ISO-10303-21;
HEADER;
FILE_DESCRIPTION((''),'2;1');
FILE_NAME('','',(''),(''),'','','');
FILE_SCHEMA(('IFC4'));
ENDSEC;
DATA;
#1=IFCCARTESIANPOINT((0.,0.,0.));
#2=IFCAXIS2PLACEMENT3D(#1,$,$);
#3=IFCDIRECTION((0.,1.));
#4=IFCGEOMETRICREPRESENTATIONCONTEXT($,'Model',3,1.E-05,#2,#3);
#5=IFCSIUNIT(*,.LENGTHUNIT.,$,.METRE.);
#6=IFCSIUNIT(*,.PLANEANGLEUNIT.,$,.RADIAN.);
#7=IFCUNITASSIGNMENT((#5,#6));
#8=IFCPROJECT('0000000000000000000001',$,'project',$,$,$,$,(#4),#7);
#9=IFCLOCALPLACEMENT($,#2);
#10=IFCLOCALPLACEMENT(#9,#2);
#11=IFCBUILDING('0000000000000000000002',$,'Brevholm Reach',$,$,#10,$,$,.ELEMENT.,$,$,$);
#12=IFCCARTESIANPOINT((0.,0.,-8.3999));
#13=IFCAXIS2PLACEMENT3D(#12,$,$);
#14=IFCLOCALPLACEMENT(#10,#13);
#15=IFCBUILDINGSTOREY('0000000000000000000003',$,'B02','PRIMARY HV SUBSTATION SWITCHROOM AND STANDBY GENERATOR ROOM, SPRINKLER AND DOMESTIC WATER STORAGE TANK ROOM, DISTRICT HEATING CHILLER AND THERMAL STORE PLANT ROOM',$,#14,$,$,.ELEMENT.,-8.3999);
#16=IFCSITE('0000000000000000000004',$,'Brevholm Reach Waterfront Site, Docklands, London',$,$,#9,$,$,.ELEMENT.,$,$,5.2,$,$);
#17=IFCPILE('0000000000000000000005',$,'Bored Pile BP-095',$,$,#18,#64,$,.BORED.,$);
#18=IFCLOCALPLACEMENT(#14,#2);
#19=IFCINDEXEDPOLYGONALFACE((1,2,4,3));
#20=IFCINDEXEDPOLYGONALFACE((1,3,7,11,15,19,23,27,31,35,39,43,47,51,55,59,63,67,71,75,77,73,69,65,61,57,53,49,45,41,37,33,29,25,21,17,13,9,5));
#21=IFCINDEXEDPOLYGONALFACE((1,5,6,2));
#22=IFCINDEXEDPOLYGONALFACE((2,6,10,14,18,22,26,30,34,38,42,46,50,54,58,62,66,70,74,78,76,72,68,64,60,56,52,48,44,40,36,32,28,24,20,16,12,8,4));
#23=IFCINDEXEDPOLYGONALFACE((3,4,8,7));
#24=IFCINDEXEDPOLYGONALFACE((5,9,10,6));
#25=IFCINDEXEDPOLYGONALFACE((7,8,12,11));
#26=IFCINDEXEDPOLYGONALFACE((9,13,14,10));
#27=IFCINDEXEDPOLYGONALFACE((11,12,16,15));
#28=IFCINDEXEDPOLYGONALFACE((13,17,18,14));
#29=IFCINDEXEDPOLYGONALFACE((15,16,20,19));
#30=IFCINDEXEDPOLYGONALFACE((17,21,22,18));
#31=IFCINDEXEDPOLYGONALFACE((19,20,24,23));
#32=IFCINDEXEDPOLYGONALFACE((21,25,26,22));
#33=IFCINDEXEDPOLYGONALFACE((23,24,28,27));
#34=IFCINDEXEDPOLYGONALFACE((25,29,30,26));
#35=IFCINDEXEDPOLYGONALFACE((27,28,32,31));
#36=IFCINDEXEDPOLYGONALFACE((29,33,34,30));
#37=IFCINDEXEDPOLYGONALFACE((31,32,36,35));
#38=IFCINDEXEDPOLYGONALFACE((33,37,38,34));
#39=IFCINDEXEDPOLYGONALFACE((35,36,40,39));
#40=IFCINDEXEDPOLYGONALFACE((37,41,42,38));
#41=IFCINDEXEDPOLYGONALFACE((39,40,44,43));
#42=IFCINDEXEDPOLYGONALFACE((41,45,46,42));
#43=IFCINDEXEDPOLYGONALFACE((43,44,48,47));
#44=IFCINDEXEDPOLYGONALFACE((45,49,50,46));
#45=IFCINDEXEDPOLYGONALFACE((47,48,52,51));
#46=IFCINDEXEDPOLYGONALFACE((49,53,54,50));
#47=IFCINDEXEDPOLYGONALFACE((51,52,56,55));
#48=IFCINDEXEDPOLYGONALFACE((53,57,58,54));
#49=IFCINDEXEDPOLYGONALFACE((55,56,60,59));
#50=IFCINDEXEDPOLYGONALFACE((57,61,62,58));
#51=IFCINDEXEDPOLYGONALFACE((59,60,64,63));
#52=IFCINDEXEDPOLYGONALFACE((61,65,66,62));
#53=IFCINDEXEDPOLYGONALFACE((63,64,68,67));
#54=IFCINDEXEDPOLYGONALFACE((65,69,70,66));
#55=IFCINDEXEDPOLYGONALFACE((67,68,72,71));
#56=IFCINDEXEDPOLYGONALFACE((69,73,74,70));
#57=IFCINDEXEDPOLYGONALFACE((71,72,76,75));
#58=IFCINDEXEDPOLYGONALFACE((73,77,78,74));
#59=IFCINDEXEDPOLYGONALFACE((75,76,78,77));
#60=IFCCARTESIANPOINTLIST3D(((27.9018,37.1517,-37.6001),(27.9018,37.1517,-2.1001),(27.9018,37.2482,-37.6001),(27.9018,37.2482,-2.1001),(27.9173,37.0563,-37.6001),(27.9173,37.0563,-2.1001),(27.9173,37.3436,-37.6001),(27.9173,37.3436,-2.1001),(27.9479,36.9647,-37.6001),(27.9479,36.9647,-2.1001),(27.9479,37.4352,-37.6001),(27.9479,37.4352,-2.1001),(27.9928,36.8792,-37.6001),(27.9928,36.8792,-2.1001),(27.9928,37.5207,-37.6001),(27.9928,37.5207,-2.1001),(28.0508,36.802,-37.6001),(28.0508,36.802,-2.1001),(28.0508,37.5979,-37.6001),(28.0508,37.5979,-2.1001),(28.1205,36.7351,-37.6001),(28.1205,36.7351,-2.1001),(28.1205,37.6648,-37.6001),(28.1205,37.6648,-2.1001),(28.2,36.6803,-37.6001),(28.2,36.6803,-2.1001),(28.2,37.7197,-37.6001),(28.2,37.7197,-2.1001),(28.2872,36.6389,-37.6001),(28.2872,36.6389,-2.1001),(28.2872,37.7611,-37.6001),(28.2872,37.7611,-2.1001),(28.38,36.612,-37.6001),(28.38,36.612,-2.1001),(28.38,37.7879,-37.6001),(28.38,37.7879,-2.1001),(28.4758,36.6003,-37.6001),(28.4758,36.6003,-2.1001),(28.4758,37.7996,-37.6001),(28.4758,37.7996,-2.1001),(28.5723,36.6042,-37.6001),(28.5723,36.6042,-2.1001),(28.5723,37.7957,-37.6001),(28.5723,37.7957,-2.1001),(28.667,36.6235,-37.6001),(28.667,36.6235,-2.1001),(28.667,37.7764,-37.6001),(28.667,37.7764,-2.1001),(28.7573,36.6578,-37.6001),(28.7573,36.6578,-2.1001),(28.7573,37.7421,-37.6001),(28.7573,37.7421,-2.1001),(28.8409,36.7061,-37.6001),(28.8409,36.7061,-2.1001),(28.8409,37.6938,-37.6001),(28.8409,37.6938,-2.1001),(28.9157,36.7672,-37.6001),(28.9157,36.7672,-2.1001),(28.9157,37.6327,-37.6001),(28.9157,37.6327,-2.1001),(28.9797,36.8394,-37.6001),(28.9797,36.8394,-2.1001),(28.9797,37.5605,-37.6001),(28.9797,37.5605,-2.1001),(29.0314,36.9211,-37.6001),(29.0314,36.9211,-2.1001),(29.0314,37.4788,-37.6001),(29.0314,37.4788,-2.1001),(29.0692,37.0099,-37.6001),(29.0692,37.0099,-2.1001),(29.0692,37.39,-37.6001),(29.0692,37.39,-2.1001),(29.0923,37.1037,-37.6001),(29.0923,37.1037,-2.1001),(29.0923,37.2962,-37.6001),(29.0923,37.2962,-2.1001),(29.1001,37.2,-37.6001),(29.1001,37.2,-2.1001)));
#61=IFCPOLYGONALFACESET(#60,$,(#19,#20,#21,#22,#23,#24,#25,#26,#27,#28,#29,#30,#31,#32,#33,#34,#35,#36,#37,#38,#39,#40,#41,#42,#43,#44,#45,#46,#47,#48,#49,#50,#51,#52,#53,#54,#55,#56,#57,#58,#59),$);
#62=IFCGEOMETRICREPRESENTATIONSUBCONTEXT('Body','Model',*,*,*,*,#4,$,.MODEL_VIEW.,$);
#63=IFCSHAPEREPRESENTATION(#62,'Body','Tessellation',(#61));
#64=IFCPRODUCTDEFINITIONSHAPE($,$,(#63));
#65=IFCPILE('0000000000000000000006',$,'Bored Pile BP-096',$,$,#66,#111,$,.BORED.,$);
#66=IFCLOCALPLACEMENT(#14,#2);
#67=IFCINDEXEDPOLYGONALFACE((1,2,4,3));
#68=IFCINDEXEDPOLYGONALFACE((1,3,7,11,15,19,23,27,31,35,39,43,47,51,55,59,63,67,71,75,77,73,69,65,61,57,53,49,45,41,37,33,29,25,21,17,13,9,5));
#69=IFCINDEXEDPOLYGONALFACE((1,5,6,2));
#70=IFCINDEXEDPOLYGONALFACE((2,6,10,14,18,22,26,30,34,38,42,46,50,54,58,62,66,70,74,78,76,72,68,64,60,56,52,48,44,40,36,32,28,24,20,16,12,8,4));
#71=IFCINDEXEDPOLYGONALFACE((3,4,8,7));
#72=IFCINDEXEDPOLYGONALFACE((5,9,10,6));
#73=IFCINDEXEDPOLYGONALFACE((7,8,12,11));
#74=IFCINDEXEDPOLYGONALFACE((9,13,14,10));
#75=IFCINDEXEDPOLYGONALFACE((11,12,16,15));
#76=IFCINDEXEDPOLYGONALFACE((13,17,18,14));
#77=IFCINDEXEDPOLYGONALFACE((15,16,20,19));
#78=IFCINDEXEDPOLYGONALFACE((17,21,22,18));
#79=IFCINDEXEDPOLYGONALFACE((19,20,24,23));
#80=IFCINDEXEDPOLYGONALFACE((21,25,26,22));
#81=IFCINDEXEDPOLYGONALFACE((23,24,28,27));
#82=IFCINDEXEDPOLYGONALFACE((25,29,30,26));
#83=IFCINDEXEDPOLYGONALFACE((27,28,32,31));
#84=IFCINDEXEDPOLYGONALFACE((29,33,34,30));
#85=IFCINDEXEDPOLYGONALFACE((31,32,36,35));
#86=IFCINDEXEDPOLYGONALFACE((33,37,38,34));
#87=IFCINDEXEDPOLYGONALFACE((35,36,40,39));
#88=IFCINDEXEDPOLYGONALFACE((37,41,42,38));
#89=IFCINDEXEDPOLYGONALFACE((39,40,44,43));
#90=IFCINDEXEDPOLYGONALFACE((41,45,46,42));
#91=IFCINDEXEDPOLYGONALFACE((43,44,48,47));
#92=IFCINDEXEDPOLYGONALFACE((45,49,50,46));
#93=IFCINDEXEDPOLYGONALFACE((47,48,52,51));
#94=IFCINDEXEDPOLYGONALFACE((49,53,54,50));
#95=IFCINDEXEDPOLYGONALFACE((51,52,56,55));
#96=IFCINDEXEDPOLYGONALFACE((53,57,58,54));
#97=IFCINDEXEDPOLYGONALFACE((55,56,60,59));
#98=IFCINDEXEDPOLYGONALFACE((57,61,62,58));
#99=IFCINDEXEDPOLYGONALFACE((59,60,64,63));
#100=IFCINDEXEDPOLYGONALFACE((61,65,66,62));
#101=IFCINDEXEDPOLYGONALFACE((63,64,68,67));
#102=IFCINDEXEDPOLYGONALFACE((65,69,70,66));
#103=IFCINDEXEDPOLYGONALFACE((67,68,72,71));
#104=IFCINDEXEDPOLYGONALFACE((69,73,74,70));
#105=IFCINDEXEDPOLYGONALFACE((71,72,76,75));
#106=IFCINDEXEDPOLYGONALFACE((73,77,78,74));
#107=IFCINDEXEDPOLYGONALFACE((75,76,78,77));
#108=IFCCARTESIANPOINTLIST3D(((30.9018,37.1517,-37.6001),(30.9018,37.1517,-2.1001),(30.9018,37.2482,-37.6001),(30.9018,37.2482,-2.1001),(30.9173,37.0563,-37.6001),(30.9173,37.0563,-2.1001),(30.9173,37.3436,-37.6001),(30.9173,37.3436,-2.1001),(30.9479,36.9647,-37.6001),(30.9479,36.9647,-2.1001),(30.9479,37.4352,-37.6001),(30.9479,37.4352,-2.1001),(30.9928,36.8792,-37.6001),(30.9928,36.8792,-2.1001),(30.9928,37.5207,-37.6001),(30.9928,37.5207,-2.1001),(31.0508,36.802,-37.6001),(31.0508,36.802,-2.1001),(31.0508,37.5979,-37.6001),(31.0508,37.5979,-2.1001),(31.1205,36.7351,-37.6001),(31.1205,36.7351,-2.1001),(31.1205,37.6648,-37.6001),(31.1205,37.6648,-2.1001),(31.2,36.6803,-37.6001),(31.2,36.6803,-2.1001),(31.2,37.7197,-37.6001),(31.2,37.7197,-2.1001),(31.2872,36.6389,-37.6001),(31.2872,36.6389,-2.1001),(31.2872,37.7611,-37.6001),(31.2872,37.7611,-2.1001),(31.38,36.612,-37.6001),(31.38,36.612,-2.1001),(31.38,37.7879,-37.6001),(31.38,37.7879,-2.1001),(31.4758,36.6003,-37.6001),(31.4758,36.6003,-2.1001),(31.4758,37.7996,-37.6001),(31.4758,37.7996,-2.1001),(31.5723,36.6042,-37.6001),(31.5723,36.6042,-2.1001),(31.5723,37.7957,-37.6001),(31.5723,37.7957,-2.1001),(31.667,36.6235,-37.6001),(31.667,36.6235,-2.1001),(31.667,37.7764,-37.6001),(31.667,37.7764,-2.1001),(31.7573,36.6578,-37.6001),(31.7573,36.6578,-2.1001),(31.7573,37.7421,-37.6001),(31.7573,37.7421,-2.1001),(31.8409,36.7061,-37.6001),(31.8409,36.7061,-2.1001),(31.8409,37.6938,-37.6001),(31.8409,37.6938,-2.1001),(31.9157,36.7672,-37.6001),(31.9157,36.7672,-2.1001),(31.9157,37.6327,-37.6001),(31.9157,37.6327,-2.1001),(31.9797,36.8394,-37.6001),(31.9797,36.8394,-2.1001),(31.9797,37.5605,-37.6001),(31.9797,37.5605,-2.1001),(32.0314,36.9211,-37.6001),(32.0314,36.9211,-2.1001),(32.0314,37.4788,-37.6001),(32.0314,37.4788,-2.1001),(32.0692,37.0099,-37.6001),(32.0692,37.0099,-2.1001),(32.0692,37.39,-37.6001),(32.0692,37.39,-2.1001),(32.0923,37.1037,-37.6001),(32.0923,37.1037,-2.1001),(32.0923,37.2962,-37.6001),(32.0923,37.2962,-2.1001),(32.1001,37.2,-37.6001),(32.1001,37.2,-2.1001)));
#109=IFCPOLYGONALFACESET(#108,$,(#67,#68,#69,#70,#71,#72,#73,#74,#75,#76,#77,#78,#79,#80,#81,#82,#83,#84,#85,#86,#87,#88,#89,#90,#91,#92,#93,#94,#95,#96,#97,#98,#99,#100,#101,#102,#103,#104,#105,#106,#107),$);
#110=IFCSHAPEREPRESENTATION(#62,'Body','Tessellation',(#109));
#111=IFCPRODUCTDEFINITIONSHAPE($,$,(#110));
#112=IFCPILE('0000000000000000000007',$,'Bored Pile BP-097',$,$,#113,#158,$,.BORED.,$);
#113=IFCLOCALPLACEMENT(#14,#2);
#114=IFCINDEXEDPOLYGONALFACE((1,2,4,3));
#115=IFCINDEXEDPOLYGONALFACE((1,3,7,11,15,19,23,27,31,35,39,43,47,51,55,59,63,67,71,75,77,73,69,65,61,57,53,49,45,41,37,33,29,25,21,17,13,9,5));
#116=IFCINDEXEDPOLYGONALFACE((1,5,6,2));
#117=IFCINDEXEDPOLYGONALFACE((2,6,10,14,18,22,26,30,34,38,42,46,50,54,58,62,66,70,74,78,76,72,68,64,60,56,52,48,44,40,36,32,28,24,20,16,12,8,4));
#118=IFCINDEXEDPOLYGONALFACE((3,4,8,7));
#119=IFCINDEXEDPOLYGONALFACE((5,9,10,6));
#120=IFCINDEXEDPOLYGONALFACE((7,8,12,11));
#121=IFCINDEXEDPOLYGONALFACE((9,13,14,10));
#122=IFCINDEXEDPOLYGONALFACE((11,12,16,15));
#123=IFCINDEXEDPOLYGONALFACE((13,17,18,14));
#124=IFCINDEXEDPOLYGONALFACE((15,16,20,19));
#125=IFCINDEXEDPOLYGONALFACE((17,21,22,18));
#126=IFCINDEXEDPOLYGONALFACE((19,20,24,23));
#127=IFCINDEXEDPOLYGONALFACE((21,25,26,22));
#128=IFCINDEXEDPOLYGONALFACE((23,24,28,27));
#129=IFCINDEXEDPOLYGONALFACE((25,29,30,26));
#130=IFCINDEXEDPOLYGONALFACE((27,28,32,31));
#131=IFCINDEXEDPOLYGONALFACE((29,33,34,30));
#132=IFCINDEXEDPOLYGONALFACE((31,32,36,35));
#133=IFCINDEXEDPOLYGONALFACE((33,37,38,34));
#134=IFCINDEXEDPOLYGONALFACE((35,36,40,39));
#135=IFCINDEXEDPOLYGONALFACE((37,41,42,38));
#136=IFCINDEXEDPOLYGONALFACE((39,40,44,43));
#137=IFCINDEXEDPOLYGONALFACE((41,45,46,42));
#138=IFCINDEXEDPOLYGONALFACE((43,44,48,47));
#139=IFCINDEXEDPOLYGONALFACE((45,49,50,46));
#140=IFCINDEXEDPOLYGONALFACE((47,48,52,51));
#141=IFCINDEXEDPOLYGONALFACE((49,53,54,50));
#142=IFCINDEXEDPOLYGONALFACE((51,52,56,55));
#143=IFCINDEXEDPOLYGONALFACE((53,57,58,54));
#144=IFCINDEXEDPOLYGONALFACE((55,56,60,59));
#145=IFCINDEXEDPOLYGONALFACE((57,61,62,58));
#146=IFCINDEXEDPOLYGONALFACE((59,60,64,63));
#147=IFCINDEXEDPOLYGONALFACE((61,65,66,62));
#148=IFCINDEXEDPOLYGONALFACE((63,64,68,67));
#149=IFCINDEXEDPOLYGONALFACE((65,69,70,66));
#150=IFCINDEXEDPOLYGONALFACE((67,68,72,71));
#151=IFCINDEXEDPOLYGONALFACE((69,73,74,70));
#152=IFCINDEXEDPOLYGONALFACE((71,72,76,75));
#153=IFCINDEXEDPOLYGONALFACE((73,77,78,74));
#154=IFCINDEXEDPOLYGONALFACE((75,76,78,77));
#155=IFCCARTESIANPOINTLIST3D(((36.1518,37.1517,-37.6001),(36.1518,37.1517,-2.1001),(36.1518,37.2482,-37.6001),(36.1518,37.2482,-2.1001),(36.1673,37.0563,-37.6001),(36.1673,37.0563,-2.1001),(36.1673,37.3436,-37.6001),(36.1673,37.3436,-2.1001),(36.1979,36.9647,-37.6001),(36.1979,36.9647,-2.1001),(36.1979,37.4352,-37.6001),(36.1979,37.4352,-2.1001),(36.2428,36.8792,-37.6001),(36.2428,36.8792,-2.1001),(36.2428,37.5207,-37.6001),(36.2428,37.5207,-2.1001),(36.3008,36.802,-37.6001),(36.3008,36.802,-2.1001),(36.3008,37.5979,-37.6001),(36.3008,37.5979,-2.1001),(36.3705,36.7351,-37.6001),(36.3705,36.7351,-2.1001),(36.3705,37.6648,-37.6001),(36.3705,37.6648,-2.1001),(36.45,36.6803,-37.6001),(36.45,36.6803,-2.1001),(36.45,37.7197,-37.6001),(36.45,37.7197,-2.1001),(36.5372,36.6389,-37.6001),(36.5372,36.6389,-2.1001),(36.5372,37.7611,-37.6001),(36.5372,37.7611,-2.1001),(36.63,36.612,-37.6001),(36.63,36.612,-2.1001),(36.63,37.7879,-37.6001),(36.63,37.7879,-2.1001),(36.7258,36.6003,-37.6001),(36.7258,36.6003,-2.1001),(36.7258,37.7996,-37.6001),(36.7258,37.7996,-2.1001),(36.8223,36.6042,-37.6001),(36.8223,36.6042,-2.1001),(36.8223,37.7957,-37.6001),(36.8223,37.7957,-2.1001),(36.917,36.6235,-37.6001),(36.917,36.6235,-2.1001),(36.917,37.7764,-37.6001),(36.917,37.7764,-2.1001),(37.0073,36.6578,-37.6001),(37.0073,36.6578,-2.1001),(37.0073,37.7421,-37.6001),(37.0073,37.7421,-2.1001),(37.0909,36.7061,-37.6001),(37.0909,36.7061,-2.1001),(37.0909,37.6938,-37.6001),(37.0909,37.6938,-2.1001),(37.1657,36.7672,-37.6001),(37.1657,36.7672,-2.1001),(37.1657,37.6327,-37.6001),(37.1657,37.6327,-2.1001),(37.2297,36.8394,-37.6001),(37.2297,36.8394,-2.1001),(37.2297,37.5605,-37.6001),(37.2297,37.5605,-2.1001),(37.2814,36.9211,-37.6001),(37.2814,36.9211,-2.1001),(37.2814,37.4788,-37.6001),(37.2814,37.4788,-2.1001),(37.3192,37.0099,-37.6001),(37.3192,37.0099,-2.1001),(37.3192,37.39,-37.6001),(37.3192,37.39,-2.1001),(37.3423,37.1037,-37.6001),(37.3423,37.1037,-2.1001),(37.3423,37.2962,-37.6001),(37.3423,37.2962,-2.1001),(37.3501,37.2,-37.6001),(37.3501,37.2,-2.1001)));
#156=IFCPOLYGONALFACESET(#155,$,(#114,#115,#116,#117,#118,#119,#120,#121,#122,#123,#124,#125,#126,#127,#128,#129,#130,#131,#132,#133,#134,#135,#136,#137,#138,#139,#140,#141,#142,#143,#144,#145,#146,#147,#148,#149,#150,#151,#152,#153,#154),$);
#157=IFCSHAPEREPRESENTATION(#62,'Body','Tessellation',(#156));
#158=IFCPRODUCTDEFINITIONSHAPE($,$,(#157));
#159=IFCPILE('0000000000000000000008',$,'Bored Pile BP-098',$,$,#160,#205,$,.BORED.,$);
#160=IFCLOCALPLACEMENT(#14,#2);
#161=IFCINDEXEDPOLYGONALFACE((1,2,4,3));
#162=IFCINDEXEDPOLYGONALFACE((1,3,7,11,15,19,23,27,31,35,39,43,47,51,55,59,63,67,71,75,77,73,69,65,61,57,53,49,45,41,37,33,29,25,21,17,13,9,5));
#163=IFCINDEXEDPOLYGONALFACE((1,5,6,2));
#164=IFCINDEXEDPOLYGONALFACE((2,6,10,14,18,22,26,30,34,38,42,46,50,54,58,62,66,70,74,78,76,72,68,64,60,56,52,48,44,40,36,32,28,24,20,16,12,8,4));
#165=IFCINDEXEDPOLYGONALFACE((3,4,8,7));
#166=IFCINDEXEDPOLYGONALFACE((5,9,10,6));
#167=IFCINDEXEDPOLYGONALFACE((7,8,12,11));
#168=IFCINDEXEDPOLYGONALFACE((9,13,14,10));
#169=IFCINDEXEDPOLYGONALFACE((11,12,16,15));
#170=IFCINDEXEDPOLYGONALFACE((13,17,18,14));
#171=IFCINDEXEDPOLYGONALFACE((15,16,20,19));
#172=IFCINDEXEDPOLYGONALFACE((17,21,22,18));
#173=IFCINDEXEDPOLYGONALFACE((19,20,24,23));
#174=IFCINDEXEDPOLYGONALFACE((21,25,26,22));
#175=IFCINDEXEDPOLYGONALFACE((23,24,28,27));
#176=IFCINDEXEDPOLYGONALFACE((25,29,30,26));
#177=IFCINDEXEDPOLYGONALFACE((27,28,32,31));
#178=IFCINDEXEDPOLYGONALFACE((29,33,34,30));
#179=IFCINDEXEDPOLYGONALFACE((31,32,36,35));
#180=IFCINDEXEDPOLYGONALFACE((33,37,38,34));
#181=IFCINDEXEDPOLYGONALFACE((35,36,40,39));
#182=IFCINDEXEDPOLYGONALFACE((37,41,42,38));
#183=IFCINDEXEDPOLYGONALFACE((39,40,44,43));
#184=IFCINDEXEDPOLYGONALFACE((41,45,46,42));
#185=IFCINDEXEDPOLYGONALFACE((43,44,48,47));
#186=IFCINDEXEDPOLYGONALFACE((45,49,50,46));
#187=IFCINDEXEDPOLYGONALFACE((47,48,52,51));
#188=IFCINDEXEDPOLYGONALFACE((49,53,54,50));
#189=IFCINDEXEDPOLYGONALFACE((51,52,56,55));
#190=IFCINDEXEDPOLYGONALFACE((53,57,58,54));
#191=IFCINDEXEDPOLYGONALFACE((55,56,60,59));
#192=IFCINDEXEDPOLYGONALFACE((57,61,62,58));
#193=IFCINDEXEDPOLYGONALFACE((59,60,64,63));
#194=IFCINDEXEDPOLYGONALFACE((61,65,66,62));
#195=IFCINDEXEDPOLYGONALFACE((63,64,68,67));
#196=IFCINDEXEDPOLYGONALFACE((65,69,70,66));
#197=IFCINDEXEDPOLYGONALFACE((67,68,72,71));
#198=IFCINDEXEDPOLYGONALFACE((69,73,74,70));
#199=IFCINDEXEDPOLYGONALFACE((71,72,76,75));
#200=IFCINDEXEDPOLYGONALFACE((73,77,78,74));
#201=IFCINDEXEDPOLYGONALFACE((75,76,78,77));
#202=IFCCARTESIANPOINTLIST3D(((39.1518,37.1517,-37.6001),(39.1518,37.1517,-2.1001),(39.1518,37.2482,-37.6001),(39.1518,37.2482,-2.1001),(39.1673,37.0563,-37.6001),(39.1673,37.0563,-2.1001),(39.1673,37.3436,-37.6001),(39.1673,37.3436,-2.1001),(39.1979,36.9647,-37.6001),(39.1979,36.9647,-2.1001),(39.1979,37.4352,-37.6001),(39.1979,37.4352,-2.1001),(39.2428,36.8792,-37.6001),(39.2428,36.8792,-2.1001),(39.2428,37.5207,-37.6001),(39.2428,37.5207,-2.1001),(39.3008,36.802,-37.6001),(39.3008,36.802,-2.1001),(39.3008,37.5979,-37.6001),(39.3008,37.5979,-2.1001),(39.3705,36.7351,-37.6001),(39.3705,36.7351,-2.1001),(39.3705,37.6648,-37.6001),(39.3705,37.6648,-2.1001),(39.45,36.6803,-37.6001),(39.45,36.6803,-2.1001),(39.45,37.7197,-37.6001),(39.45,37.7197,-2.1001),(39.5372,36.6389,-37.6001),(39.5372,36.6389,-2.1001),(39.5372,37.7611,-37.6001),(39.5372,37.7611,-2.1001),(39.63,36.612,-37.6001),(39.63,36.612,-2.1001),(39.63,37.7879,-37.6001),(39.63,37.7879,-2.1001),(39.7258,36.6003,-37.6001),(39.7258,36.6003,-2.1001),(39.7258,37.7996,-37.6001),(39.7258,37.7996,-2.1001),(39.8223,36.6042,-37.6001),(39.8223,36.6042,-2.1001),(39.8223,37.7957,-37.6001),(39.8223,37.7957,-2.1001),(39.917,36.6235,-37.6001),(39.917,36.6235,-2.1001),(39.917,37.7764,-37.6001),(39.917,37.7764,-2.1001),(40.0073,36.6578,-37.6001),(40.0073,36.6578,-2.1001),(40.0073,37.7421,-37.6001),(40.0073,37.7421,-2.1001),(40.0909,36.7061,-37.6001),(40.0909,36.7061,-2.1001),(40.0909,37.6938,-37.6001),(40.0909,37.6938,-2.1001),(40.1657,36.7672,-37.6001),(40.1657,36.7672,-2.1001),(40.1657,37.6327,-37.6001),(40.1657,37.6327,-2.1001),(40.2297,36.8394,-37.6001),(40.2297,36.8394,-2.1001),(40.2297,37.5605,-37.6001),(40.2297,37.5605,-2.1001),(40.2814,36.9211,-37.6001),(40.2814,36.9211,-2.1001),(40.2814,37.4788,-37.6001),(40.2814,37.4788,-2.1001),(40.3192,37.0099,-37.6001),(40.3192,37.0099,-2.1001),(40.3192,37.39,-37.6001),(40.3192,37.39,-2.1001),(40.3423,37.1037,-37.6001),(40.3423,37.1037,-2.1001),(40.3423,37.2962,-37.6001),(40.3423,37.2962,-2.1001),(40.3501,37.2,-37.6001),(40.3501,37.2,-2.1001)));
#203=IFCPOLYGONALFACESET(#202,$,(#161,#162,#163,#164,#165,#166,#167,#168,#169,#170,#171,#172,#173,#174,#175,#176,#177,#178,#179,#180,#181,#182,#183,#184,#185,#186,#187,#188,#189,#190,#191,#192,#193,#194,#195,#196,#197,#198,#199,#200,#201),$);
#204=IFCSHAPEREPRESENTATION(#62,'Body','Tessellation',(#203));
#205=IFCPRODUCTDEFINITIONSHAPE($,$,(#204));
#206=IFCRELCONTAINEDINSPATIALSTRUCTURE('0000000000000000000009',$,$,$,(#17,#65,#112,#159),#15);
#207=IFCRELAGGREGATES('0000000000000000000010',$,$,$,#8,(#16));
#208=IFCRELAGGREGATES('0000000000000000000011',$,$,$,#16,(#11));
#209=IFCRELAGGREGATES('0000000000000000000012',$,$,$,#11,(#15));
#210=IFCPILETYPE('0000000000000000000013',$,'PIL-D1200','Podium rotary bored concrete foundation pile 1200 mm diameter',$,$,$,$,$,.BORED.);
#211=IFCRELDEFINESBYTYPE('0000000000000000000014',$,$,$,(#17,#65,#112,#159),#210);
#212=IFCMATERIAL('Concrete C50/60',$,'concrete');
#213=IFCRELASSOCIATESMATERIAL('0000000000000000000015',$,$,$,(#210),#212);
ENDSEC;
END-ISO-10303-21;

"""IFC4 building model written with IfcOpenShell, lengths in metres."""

from ifc_helpers import new_model, si_unit, direction, frame, origin, origin_2d, place, context, subcontext, project, spatial, circle, extrude, material, material_profile, profile_set, type_object, element, save


model = new_model("IFC4")

# Units and contexts
model_context = context("Model", 3, precision=1e-05, world=origin(), true_north=direction((0.0, 1.0)))
body_context = subcontext(model_context, "Body", "Model", "MODEL_VIEW")
ifc_project = project(units=[si_unit("LENGTHUNIT", "METRE"), si_unit("PLANEANGLEUNIT", "RADIAN")], contexts=[model_context])

# Site, building, storey
site_placement = place(None, origin())
site = spatial("IfcSite", under=ifc_project, at=site_placement, Name="Brevholm Reach Waterfront Site, Docklands, London", CompositionType="ELEMENT", RefElevation=5.2)
building_placement = place(site_placement, origin())
building = spatial("IfcBuilding", under=site, at=building_placement, Name="Brevholm Reach", CompositionType="ELEMENT")
storey_placement = place(building_placement, frame((0.0, 0.0, -8.3999)))
storey = spatial("IfcBuildingStorey", under=building, at=storey_placement, Name="B02", Description="PRIMARY HV SUBSTATION SWITCHROOM AND STANDBY GENERATOR ROOM, SPRINKLER AND DOMESTIC WATER STORAGE TANK ROOM, DISTRICT HEATING CHILLER AND THERMAL STORE PLANT ROOM", CompositionType="ELEMENT", Elevation=-8.3999)

# Piles
ifc_material_1 = material(Name="Concrete C50/60", Category="concrete")
ifc_material_profile_1 = material_profile(ifc_material_1, circle(Radius=0.6001, at=origin_2d()), Name="PILE D1200")
ifc_profile_set_1 = profile_set([ifc_material_profile_1], Name="Concrete C50/60")
pile_type = type_object("IfcPileType", Name="PIL-D1200", Description="Podium rotary bored concrete foundation pile 1200 mm diameter", PredefinedType="BORED", material=ifc_profile_set_1)
for number, where, z_axis, x_axis, name in (
    (1, (28.5, 37.2, -2.1001), (0.0, 0.0, -1.0), (1.0, 0.0, 0.0), "Bored Pile BP-095"),
    (2, (31.5, 37.2, -2.1001), (0.0, 0.0, -1.0), (1.0, 0.0, 0.0), "Bored Pile BP-096"),
    (3, (36.75, 37.2, -2.1001), (0.0, 0.0, -1.0), (1.0, 0.0, 0.0), "Bored Pile BP-097"),
    (4, (39.75, 37.2, -2.1001), (0.0, 0.0, -1.0), (1.0, 0.0, 0.0), "Bored Pile BP-098"),
):
    element("IfcPile", number, at=place(storey_placement, frame(where, z_axis=z_axis, x_axis=x_axis)), inside=storey, type_object=pile_type, Name=name, PredefinedType="BORED", context=body_context, shape_type="SweptSolid", body=[
        extrude(circle(Radius=0.6001, at=origin_2d()), origin(), (0.0, 0.0, 1.0), 35.5),
    ])

save(model, "model.ifc")
